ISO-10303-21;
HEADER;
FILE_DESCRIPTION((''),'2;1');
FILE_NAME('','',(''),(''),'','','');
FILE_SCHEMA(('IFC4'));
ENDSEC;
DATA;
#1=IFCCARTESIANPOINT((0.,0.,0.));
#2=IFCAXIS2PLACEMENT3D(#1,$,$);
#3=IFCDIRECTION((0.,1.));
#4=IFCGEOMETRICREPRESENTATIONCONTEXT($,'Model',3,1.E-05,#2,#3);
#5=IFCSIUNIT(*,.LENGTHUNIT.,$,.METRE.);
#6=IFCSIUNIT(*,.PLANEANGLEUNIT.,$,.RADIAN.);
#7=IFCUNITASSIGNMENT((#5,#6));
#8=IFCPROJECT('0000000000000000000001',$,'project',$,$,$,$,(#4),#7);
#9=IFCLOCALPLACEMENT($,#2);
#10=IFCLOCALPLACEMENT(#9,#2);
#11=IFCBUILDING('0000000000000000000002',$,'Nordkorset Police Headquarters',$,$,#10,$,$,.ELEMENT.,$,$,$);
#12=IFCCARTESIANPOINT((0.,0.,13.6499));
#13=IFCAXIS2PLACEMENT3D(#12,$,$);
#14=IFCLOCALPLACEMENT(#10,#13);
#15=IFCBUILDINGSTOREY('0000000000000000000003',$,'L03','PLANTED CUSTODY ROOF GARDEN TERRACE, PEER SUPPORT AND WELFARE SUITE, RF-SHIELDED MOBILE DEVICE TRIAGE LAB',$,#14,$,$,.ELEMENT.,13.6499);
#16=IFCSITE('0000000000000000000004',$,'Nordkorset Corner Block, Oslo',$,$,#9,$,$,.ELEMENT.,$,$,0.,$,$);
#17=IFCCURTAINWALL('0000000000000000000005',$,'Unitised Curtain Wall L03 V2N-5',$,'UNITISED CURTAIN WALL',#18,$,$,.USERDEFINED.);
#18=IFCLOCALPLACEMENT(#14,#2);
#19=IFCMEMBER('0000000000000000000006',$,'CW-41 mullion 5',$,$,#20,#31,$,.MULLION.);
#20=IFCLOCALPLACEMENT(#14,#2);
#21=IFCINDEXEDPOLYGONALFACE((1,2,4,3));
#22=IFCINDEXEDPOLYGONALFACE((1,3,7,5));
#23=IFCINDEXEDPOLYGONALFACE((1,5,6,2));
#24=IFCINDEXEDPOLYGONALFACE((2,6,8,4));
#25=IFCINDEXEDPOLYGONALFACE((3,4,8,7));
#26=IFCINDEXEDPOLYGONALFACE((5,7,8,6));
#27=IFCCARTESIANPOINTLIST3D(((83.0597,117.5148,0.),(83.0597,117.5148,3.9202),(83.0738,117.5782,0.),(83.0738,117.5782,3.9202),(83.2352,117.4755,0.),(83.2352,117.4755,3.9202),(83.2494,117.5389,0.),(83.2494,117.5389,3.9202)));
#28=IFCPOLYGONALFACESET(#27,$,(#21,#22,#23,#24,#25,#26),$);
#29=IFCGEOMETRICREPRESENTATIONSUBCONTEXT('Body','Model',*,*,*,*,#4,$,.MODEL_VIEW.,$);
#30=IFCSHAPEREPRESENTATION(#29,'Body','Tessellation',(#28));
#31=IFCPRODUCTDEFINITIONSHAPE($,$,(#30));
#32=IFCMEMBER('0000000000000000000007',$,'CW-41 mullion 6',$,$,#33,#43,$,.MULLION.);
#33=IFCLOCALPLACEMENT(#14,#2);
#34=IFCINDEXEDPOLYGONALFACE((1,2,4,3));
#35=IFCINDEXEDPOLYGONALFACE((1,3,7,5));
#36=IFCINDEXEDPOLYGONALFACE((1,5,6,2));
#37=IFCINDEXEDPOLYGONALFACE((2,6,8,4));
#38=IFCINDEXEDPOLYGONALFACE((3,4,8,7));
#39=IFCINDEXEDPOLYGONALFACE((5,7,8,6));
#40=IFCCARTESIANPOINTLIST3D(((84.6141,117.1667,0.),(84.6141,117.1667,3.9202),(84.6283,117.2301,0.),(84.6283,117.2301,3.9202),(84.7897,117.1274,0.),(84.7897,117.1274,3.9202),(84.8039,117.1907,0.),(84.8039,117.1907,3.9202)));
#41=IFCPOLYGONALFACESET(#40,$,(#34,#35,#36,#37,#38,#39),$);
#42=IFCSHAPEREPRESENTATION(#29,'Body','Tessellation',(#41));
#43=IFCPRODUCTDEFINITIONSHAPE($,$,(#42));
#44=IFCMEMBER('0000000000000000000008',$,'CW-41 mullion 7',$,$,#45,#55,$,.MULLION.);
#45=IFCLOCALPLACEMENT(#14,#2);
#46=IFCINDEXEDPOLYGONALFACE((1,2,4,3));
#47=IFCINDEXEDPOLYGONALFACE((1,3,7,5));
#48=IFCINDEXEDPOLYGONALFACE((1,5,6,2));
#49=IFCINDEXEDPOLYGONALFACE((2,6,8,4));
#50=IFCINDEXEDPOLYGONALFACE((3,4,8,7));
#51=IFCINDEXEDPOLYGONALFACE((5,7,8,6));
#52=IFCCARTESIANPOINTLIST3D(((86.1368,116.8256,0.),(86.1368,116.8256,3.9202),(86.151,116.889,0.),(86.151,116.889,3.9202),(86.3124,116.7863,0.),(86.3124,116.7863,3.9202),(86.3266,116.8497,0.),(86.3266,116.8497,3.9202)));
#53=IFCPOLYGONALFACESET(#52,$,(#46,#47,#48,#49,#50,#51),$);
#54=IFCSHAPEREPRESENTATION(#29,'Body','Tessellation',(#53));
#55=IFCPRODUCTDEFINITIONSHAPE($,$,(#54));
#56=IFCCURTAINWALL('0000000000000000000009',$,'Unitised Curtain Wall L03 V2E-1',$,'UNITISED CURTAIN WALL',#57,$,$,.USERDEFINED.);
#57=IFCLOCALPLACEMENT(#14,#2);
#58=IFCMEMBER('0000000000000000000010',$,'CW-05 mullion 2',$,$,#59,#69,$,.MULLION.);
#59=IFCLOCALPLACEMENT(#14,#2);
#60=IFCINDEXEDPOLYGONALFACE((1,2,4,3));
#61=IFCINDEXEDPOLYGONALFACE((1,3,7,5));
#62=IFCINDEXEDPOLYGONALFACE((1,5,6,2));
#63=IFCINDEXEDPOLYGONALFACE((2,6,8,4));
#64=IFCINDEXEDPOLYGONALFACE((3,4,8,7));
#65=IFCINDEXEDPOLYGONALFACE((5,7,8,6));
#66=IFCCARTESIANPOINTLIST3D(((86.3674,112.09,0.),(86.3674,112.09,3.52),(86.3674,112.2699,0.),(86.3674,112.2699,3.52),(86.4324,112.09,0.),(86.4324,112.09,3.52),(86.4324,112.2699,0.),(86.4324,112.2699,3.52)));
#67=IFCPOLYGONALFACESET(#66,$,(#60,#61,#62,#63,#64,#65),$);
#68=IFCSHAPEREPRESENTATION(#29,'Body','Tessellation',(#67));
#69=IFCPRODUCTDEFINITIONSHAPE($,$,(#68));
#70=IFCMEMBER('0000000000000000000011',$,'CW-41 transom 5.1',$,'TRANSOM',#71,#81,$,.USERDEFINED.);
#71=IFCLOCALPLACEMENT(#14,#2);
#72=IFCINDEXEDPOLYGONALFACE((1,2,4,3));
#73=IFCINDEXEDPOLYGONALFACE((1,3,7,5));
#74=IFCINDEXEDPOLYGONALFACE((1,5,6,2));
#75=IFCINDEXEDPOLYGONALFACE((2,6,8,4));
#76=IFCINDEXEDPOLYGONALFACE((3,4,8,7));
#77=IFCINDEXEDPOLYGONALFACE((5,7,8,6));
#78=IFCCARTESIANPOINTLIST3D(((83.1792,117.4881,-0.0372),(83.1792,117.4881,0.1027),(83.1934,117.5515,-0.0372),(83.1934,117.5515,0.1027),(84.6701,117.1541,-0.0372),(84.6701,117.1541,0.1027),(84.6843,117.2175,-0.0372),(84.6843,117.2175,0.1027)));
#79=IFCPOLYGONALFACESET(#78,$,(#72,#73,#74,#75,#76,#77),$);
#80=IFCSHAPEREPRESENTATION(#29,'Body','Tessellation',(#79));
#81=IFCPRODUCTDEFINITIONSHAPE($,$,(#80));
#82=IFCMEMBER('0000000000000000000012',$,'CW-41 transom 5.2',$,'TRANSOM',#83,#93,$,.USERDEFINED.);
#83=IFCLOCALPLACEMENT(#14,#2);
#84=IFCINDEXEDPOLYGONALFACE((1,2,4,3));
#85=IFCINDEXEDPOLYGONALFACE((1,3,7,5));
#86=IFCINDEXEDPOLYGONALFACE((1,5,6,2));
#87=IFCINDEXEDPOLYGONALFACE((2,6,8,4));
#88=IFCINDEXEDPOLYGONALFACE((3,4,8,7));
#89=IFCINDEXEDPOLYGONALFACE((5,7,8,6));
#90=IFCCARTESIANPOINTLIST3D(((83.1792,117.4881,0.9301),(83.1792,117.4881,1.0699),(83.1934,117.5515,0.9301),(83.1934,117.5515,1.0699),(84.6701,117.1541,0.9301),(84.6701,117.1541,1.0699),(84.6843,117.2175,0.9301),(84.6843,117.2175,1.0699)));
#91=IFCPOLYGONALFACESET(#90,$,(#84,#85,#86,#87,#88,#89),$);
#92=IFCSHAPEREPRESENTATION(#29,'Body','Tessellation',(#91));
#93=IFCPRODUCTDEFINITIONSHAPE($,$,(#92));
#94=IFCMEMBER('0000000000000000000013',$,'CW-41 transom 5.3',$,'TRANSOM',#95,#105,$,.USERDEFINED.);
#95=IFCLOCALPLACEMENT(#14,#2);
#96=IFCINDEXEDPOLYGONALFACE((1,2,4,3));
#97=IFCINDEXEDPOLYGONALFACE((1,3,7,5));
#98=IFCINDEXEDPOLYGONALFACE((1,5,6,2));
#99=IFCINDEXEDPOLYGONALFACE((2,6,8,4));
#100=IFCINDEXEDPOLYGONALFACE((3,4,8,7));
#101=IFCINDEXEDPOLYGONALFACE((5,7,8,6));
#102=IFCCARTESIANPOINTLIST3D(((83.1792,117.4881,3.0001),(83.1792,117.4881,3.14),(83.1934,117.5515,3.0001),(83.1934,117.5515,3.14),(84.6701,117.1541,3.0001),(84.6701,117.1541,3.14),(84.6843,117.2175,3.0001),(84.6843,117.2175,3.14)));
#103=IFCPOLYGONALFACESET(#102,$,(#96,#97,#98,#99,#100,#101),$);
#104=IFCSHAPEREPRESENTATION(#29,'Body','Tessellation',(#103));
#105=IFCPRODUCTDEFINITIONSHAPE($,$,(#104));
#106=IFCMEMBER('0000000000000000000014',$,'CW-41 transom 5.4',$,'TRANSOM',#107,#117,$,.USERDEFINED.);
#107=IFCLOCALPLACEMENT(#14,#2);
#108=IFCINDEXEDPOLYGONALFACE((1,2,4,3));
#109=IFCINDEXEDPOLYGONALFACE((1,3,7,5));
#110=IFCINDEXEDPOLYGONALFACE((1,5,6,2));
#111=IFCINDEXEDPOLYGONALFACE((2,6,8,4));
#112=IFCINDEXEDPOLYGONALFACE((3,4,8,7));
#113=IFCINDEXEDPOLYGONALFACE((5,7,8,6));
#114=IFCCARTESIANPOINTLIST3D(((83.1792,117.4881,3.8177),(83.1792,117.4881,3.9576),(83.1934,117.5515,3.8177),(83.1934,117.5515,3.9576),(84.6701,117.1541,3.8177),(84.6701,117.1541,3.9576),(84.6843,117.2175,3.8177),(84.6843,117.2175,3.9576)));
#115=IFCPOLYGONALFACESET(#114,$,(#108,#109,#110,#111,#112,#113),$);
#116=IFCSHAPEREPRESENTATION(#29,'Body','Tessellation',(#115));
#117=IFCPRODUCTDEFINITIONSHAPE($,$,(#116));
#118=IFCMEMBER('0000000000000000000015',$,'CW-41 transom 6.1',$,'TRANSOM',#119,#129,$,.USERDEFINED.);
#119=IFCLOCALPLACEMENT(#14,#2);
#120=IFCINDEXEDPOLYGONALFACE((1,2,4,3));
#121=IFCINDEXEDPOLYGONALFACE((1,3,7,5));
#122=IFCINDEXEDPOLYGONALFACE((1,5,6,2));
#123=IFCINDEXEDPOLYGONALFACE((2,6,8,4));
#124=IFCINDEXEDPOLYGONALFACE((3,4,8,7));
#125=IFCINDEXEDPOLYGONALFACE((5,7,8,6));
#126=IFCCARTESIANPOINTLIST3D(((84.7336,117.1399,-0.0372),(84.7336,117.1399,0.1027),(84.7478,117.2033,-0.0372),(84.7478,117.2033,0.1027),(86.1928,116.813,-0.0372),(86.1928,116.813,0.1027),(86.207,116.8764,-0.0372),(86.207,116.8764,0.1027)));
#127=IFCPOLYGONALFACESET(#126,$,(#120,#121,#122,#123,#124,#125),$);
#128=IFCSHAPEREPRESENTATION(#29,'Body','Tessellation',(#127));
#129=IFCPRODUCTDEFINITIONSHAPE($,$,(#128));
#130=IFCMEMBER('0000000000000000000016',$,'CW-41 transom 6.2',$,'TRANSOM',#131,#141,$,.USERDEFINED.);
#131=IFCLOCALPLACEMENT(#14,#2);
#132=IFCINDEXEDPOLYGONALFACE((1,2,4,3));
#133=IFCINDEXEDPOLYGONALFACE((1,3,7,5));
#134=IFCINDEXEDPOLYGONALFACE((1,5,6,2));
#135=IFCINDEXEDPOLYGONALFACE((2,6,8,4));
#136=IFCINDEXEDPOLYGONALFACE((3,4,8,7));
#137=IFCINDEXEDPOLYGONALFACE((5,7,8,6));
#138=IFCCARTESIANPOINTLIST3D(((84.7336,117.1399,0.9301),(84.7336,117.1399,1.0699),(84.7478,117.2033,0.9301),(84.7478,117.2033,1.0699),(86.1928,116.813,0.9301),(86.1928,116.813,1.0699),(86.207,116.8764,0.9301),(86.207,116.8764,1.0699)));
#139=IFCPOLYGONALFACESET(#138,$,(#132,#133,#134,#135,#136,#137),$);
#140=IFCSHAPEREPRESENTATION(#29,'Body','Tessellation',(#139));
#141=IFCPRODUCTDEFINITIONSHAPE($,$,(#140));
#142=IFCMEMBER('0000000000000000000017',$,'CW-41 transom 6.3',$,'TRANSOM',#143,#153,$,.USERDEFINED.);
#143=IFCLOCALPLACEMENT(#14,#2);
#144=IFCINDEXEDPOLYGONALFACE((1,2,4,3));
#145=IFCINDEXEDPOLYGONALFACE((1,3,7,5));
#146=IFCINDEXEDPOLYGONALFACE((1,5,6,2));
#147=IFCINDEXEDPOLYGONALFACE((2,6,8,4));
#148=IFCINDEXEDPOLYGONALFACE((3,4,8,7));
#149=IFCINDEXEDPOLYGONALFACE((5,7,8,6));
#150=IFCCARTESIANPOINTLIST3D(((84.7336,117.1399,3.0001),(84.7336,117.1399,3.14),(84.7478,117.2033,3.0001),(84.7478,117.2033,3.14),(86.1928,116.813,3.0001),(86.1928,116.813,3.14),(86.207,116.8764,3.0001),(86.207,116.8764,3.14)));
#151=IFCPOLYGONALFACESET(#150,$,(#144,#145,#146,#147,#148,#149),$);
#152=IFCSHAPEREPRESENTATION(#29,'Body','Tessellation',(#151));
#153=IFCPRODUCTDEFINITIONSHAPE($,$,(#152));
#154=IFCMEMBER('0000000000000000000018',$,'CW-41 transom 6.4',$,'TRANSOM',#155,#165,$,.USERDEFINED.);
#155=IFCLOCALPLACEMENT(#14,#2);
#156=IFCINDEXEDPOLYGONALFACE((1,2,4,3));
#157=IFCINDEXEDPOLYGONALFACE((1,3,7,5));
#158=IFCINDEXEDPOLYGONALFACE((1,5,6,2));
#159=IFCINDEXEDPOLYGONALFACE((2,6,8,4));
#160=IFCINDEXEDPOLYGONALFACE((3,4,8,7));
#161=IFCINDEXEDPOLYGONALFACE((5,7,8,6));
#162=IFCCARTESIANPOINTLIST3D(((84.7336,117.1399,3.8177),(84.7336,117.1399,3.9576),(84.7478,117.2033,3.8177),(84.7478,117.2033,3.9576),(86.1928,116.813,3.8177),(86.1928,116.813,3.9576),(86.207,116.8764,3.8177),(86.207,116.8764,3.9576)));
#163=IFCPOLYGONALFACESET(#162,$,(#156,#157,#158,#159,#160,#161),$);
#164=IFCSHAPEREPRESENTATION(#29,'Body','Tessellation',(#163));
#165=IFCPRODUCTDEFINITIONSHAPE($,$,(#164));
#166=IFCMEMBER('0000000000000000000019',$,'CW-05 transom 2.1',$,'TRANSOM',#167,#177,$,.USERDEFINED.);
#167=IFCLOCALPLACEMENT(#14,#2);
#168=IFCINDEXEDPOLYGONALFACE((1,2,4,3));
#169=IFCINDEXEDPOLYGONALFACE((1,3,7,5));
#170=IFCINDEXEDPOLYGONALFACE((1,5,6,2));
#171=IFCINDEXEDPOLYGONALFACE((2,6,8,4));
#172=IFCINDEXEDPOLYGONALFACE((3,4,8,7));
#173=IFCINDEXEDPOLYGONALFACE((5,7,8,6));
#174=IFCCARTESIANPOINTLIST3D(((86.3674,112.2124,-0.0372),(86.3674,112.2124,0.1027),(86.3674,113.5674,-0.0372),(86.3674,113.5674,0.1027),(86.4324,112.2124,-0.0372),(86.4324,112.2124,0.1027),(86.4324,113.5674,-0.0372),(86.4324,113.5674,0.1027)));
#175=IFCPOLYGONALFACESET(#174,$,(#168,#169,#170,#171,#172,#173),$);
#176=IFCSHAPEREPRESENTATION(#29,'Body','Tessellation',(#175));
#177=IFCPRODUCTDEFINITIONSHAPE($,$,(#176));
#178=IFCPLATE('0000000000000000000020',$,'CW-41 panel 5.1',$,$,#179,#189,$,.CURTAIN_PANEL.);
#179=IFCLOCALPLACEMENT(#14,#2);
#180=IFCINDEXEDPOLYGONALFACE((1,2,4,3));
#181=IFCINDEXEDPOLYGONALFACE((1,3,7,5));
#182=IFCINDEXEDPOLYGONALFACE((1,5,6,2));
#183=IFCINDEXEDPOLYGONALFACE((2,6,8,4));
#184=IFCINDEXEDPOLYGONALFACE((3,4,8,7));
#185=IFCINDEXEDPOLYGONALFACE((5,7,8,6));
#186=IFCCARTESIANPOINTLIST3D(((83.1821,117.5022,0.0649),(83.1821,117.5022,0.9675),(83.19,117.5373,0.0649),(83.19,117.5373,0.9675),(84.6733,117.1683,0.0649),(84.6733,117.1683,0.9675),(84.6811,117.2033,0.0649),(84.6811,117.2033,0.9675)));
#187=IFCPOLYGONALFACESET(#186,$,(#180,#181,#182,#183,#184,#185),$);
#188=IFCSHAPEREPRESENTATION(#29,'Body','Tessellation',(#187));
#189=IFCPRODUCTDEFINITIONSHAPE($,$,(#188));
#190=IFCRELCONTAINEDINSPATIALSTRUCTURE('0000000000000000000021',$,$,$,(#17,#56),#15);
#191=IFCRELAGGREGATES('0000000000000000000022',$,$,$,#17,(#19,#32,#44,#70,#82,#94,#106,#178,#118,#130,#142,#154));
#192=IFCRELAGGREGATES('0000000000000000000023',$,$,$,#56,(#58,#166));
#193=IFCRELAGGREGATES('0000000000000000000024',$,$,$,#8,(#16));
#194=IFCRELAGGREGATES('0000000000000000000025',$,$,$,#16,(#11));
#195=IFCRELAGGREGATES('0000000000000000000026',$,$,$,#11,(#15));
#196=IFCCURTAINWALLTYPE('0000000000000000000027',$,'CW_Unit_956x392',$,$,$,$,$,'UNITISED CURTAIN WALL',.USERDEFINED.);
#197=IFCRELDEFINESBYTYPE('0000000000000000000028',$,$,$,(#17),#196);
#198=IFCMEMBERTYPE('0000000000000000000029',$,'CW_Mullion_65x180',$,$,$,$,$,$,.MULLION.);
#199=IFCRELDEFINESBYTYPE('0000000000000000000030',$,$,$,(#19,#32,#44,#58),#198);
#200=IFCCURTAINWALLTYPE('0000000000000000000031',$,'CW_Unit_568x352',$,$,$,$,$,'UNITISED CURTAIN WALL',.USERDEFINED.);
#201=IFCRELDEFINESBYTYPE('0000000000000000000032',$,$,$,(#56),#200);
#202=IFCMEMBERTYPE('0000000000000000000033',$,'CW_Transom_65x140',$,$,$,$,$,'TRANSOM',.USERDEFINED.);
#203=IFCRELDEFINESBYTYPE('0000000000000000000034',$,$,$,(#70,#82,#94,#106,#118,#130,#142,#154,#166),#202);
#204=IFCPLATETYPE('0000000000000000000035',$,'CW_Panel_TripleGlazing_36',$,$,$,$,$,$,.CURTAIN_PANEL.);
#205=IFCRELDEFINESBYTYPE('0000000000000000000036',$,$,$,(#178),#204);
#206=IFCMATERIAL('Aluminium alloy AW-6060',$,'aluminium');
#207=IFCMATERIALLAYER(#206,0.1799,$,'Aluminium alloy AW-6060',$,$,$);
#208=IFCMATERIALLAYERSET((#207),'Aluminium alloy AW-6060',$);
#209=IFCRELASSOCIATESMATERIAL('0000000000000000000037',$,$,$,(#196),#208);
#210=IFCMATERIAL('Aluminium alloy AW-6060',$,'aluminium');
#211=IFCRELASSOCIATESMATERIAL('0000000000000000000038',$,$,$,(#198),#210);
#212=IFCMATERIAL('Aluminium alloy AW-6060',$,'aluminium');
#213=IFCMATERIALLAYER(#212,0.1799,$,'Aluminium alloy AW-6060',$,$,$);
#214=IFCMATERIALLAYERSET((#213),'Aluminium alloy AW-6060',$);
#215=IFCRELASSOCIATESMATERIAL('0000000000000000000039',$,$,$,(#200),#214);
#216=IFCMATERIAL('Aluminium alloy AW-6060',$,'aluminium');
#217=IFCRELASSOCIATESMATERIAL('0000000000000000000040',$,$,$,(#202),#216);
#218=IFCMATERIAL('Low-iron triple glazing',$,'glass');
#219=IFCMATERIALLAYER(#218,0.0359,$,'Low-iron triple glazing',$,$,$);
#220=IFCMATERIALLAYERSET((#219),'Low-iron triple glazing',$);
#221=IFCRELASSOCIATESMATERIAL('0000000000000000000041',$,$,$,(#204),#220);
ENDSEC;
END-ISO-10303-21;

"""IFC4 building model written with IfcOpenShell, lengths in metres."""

from ifc_helpers import new_model, si_unit, direction, frame, origin, origin_2d, place, context, subcontext, project, spatial, rectangle, extrude, material, layer, layer_set, material_profile, profile_set, type_object, element, aggregate, save


model = new_model("IFC4")

# Units and contexts
model_context = context("Model", 3, precision=1e-05, world=origin(), true_north=direction((0.0, 1.0)))
body_context = subcontext(model_context, "Body", "Model", "MODEL_VIEW")
ifc_project = project(units=[si_unit("LENGTHUNIT", "METRE"), si_unit("PLANEANGLEUNIT", "RADIAN")], contexts=[model_context])

# Site, building, storey
site_placement = place(None, origin())
site = spatial("IfcSite", under=ifc_project, at=site_placement, Name="Nordkorset Corner Block, Oslo", CompositionType="ELEMENT", RefElevation=0.0)
building_placement = place(site_placement, origin())
building = spatial("IfcBuilding", under=site, at=building_placement, Name="Nordkorset Police Headquarters", CompositionType="ELEMENT")
storey_placement = place(building_placement, frame((0.0, 0.0, 13.6499)))
storey = spatial("IfcBuildingStorey", under=building, at=storey_placement, Name="L03", Description="PLANTED CUSTODY ROOF GARDEN TERRACE, PEER SUPPORT AND WELFARE SUITE, RF-SHIELDED MOBILE DEVICE TRIAGE LAB", CompositionType="ELEMENT", Elevation=13.6499)

# Curtain wall, members
ifc_material_1 = material(Name="Aluminium alloy AW-6060", Category="aluminium")
ifc_layer_1 = layer(ifc_material_1, 0.1799, Name="Aluminium alloy AW-6060")
ifc_layer_set_1 = layer_set([ifc_layer_1], Name="Aluminium alloy AW-6060")
curtain_wall_type_1 = type_object("IfcCurtainWallType", Name="CW_Unit_956x392", ElementType="UNITISED CURTAIN WALL", PredefinedType="USERDEFINED", material=ifc_layer_set_1)
curtain_wall_1_placement = place(storey_placement, origin())
curtain_wall_1 = element("IfcCurtainWall", 1, at=curtain_wall_1_placement, inside=storey, type_object=curtain_wall_type_1, Name="Unitised Curtain Wall L03 V2N-5", ObjectType="UNITISED CURTAIN WALL", PredefinedType="USERDEFINED")
ifc_material_2 = material(Name="Aluminium alloy AW-6060", Category="aluminium")
ifc_material_profile_1 = material_profile(ifc_material_2, rectangle(XDim=0.0649, YDim=0.1799, at=origin_2d()), Name="ALU MULL 65x180")
ifc_profile_set_1 = profile_set([ifc_material_profile_1], Name="Aluminium alloy AW-6060")
member_type_1 = type_object("IfcMemberType", Name="CW_Mullion_65x180", PredefinedType="MULLION", material=ifc_profile_set_1)
member_1_placement = place(storey_placement, frame((83.1545, 117.5269, 0.0), z_axis=(0.0, 0.0, 1.0), x_axis=(0.218544, 0.975827, 0.0)))
member_1 = element("IfcMember", 2, at=member_1_placement, type_object=member_type_1, Name="CW-41 mullion 5", PredefinedType="MULLION", context=body_context, shape_type="SweptSolid", body=[
    extrude(rectangle(XDim=0.0649, YDim=0.1799, at=origin_2d()), origin(), (0.0, 0.0, 1.0), 3.9202),
])
member_2_placement = place(storey_placement, frame((84.709, 117.1787, 0.0), z_axis=(0.0, 0.0, 1.0), x_axis=(0.218544, 0.975827, 0.0)))
member_2 = element("IfcMember", 3, at=member_2_placement, type_object=member_type_1, Name="CW-41 mullion 6", PredefinedType="MULLION", context=body_context, shape_type="SweptSolid", body=[
    extrude(rectangle(XDim=0.0649, YDim=0.1799, at=origin_2d()), origin(), (0.0, 0.0, 1.0), 3.9202),
])
member_3_placement = place(storey_placement, frame((86.2317, 116.8376, 0.0), z_axis=(0.0, 0.0, 1.0), x_axis=(0.218544, 0.975827, 0.0)))
member_3 = element("IfcMember", 4, at=member_3_placement, type_object=member_type_1, Name="CW-41 mullion 7", PredefinedType="MULLION", context=body_context, shape_type="SweptSolid", body=[
    extrude(rectangle(XDim=0.0649, YDim=0.1799, at=origin_2d()), origin(), (0.0, 0.0, 1.0), 3.9202),
])

# Curtain wall, member
ifc_material_3 = material(Name="Aluminium alloy AW-6060", Category="aluminium")
ifc_layer_2 = layer(ifc_material_3, 0.1799, Name="Aluminium alloy AW-6060")
ifc_layer_set_2 = layer_set([ifc_layer_2], Name="Aluminium alloy AW-6060")
curtain_wall_type_2 = type_object("IfcCurtainWallType", Name="CW_Unit_568x352", ElementType="UNITISED CURTAIN WALL", PredefinedType="USERDEFINED", material=ifc_layer_set_2)
curtain_wall_2_placement = place(storey_placement, origin())
curtain_wall_2 = element("IfcCurtainWall", 5, at=curtain_wall_2_placement, inside=storey, type_object=curtain_wall_type_2, Name="Unitised Curtain Wall L03 V2E-1", ObjectType="UNITISED CURTAIN WALL", PredefinedType="USERDEFINED")
member_4_placement = place(storey_placement, frame((86.3999, 112.1799, 0.0), z_axis=(0.0, 0.0, 1.0), x_axis=(-1.0, 0.0, 0.0)))
member_4 = element("IfcMember", 6, at=member_4_placement, type_object=member_type_1, Name="CW-05 mullion 2", PredefinedType="MULLION", context=body_context, shape_type="SweptSolid", body=[
    extrude(rectangle(XDim=0.0649, YDim=0.1799, at=origin_2d()), origin(), (0.0, 0.0, 1.0), 3.52),
])

# Members
ifc_material_4 = material(Name="Aluminium alloy AW-6060", Category="aluminium")
ifc_material_profile_2 = material_profile(ifc_material_4, rectangle(XDim=0.0649, YDim=0.1399, at=origin_2d()), Name="ALU TRAN 65x140")
ifc_profile_set_2 = profile_set([ifc_material_profile_2], Name="Aluminium alloy AW-6060")
member_type_2 = type_object("IfcMemberType", Name="CW_Transom_65x140", ElementType="TRANSOM", PredefinedType="USERDEFINED", material=ifc_profile_set_2)
member_5_placement = place(storey_placement, frame((83.1863, 117.5198, 0.0327), z_axis=(0.975817, -0.218588, 0.0), x_axis=(0.218588, 0.975817, 0.0)))
member_5 = element("IfcMember", 7, at=member_5_placement, type_object=member_type_2, Name="CW-41 transom 5.1", ObjectType="TRANSOM", PredefinedType="USERDEFINED", context=body_context, shape_type="SweptSolid", body=[
    extrude(rectangle(XDim=0.0649, YDim=0.1399, at=origin_2d()), origin(), (0.0, 0.0, 1.0), 1.5278),
])
member_6_placement = place(storey_placement, frame((83.1863, 117.5198, 1.0), z_axis=(0.975817, -0.218588, 0.0), x_axis=(0.218588, 0.975817, 0.0)))
member_6 = element("IfcMember", 8, at=member_6_placement, type_object=member_type_2, Name="CW-41 transom 5.2", ObjectType="TRANSOM", PredefinedType="USERDEFINED", context=body_context, shape_type="SweptSolid", body=[
    extrude(rectangle(XDim=0.0649, YDim=0.1399, at=origin_2d()), origin(), (0.0, 0.0, 1.0), 1.5278),
])
member_7_placement = place(storey_placement, frame((83.1863, 117.5198, 3.0701), z_axis=(0.975817, -0.218588, 0.0), x_axis=(0.218588, 0.975817, 0.0)))
member_7 = element("IfcMember", 9, at=member_7_placement, type_object=member_type_2, Name="CW-41 transom 5.3", ObjectType="TRANSOM", PredefinedType="USERDEFINED", context=body_context, shape_type="SweptSolid", body=[
    extrude(rectangle(XDim=0.0649, YDim=0.1399, at=origin_2d()), origin(), (0.0, 0.0, 1.0), 1.5278),
])
member_8_placement = place(storey_placement, frame((83.1863, 117.5198, 3.8877), z_axis=(0.975817, -0.218588, 0.0), x_axis=(0.218588, 0.975817, 0.0)))
member_8 = element("IfcMember", 10, at=member_8_placement, type_object=member_type_2, Name="CW-41 transom 5.4", ObjectType="TRANSOM", PredefinedType="USERDEFINED", context=body_context, shape_type="SweptSolid", body=[
    extrude(rectangle(XDim=0.0649, YDim=0.1399, at=origin_2d()), origin(), (0.0, 0.0, 1.0), 1.5278),
])
member_9_placement = place(storey_placement, frame((84.7407, 117.1716, 0.0327), z_axis=(0.975813, -0.218607, 0.0), x_axis=(0.218607, 0.975813, 0.0)))
member_9 = element("IfcMember", 11, at=member_9_placement, type_object=member_type_2, Name="CW-41 transom 6.1", ObjectType="TRANSOM", PredefinedType="USERDEFINED", context=body_context, shape_type="SweptSolid", body=[
    extrude(rectangle(XDim=0.0649, YDim=0.1399, at=origin_2d()), origin(), (0.0, 0.0, 1.0), 1.4954),
])
member_10_placement = place(storey_placement, frame((84.7407, 117.1716, 1.0), z_axis=(0.975813, -0.218607, 0.0), x_axis=(0.218607, 0.975813, 0.0)))
member_10 = element("IfcMember", 12, at=member_10_placement, type_object=member_type_2, Name="CW-41 transom 6.2", ObjectType="TRANSOM", PredefinedType="USERDEFINED", context=body_context, shape_type="SweptSolid", body=[
    extrude(rectangle(XDim=0.0649, YDim=0.1399, at=origin_2d()), origin(), (0.0, 0.0, 1.0), 1.4954),
])
member_11_placement = place(storey_placement, frame((84.7407, 117.1716, 3.0701), z_axis=(0.975813, -0.218607, 0.0), x_axis=(0.218607, 0.975813, 0.0)))
member_11 = element("IfcMember", 13, at=member_11_placement, type_object=member_type_2, Name="CW-41 transom 6.3", ObjectType="TRANSOM", PredefinedType="USERDEFINED", context=body_context, shape_type="SweptSolid", body=[
    extrude(rectangle(XDim=0.0649, YDim=0.1399, at=origin_2d()), origin(), (0.0, 0.0, 1.0), 1.4954),
])
member_12_placement = place(storey_placement, frame((84.7407, 117.1716, 3.8877), z_axis=(0.975813, -0.218607, 0.0), x_axis=(0.218607, 0.975813, 0.0)))
member_12 = element("IfcMember", 14, at=member_12_placement, type_object=member_type_2, Name="CW-41 transom 6.4", ObjectType="TRANSOM", PredefinedType="USERDEFINED", context=body_context, shape_type="SweptSolid", body=[
    extrude(rectangle(XDim=0.0649, YDim=0.1399, at=origin_2d()), origin(), (0.0, 0.0, 1.0), 1.4954),
])
member_13_placement = place(storey_placement, frame((86.3999, 112.2124, 0.0327), z_axis=(0.0, 1.0, 0.0), x_axis=(-1.0, 0.0, 0.0)))
member_13 = element("IfcMember", 15, at=member_13_placement, type_object=member_type_2, Name="CW-05 transom 2.1", ObjectType="TRANSOM", PredefinedType="USERDEFINED", context=body_context, shape_type="SweptSolid", body=[
    extrude(rectangle(XDim=0.0649, YDim=0.1399, at=origin_2d()), origin(), (0.0, 0.0, 1.0), 1.355),
])

# Plate
ifc_material_5 = material(Name="Low-iron triple glazing", Category="glass")
ifc_layer_3 = layer(ifc_material_5, 0.0359, Name="Low-iron triple glazing")
ifc_layer_set_3 = layer_set([ifc_layer_3], Name="Low-iron triple glazing")
plate_type = type_object("IfcPlateType", Name="CW_Panel_TripleGlazing_36", PredefinedType="CURTAIN_PANEL", material=ifc_layer_set_3)
plate_1_placement = place(storey_placement, frame((83.9316, 117.3528, 0.0649), z_axis=(0.0, 0.0, 1.0), x_axis=(0.975827, -0.218544, 0.0)))
plate_1 = element("IfcPlate", 16, at=plate_1_placement, type_object=plate_type, Name="CW-41 panel 5.1", PredefinedType="CURTAIN_PANEL", context=body_context, shape_type="SweptSolid", body=[
    extrude(rectangle(XDim=1.5281, YDim=0.0359, at=origin_2d()), origin(), (0.0, 0.0, 1.0), 0.9026),
])
aggregate(curtain_wall_1, [member_1, member_2, member_3, member_5, member_6, member_7, member_8, plate_1, member_9, member_10, member_11, member_12])
aggregate(curtain_wall_2, [member_4, member_13])

save(model, "model.ifc")
